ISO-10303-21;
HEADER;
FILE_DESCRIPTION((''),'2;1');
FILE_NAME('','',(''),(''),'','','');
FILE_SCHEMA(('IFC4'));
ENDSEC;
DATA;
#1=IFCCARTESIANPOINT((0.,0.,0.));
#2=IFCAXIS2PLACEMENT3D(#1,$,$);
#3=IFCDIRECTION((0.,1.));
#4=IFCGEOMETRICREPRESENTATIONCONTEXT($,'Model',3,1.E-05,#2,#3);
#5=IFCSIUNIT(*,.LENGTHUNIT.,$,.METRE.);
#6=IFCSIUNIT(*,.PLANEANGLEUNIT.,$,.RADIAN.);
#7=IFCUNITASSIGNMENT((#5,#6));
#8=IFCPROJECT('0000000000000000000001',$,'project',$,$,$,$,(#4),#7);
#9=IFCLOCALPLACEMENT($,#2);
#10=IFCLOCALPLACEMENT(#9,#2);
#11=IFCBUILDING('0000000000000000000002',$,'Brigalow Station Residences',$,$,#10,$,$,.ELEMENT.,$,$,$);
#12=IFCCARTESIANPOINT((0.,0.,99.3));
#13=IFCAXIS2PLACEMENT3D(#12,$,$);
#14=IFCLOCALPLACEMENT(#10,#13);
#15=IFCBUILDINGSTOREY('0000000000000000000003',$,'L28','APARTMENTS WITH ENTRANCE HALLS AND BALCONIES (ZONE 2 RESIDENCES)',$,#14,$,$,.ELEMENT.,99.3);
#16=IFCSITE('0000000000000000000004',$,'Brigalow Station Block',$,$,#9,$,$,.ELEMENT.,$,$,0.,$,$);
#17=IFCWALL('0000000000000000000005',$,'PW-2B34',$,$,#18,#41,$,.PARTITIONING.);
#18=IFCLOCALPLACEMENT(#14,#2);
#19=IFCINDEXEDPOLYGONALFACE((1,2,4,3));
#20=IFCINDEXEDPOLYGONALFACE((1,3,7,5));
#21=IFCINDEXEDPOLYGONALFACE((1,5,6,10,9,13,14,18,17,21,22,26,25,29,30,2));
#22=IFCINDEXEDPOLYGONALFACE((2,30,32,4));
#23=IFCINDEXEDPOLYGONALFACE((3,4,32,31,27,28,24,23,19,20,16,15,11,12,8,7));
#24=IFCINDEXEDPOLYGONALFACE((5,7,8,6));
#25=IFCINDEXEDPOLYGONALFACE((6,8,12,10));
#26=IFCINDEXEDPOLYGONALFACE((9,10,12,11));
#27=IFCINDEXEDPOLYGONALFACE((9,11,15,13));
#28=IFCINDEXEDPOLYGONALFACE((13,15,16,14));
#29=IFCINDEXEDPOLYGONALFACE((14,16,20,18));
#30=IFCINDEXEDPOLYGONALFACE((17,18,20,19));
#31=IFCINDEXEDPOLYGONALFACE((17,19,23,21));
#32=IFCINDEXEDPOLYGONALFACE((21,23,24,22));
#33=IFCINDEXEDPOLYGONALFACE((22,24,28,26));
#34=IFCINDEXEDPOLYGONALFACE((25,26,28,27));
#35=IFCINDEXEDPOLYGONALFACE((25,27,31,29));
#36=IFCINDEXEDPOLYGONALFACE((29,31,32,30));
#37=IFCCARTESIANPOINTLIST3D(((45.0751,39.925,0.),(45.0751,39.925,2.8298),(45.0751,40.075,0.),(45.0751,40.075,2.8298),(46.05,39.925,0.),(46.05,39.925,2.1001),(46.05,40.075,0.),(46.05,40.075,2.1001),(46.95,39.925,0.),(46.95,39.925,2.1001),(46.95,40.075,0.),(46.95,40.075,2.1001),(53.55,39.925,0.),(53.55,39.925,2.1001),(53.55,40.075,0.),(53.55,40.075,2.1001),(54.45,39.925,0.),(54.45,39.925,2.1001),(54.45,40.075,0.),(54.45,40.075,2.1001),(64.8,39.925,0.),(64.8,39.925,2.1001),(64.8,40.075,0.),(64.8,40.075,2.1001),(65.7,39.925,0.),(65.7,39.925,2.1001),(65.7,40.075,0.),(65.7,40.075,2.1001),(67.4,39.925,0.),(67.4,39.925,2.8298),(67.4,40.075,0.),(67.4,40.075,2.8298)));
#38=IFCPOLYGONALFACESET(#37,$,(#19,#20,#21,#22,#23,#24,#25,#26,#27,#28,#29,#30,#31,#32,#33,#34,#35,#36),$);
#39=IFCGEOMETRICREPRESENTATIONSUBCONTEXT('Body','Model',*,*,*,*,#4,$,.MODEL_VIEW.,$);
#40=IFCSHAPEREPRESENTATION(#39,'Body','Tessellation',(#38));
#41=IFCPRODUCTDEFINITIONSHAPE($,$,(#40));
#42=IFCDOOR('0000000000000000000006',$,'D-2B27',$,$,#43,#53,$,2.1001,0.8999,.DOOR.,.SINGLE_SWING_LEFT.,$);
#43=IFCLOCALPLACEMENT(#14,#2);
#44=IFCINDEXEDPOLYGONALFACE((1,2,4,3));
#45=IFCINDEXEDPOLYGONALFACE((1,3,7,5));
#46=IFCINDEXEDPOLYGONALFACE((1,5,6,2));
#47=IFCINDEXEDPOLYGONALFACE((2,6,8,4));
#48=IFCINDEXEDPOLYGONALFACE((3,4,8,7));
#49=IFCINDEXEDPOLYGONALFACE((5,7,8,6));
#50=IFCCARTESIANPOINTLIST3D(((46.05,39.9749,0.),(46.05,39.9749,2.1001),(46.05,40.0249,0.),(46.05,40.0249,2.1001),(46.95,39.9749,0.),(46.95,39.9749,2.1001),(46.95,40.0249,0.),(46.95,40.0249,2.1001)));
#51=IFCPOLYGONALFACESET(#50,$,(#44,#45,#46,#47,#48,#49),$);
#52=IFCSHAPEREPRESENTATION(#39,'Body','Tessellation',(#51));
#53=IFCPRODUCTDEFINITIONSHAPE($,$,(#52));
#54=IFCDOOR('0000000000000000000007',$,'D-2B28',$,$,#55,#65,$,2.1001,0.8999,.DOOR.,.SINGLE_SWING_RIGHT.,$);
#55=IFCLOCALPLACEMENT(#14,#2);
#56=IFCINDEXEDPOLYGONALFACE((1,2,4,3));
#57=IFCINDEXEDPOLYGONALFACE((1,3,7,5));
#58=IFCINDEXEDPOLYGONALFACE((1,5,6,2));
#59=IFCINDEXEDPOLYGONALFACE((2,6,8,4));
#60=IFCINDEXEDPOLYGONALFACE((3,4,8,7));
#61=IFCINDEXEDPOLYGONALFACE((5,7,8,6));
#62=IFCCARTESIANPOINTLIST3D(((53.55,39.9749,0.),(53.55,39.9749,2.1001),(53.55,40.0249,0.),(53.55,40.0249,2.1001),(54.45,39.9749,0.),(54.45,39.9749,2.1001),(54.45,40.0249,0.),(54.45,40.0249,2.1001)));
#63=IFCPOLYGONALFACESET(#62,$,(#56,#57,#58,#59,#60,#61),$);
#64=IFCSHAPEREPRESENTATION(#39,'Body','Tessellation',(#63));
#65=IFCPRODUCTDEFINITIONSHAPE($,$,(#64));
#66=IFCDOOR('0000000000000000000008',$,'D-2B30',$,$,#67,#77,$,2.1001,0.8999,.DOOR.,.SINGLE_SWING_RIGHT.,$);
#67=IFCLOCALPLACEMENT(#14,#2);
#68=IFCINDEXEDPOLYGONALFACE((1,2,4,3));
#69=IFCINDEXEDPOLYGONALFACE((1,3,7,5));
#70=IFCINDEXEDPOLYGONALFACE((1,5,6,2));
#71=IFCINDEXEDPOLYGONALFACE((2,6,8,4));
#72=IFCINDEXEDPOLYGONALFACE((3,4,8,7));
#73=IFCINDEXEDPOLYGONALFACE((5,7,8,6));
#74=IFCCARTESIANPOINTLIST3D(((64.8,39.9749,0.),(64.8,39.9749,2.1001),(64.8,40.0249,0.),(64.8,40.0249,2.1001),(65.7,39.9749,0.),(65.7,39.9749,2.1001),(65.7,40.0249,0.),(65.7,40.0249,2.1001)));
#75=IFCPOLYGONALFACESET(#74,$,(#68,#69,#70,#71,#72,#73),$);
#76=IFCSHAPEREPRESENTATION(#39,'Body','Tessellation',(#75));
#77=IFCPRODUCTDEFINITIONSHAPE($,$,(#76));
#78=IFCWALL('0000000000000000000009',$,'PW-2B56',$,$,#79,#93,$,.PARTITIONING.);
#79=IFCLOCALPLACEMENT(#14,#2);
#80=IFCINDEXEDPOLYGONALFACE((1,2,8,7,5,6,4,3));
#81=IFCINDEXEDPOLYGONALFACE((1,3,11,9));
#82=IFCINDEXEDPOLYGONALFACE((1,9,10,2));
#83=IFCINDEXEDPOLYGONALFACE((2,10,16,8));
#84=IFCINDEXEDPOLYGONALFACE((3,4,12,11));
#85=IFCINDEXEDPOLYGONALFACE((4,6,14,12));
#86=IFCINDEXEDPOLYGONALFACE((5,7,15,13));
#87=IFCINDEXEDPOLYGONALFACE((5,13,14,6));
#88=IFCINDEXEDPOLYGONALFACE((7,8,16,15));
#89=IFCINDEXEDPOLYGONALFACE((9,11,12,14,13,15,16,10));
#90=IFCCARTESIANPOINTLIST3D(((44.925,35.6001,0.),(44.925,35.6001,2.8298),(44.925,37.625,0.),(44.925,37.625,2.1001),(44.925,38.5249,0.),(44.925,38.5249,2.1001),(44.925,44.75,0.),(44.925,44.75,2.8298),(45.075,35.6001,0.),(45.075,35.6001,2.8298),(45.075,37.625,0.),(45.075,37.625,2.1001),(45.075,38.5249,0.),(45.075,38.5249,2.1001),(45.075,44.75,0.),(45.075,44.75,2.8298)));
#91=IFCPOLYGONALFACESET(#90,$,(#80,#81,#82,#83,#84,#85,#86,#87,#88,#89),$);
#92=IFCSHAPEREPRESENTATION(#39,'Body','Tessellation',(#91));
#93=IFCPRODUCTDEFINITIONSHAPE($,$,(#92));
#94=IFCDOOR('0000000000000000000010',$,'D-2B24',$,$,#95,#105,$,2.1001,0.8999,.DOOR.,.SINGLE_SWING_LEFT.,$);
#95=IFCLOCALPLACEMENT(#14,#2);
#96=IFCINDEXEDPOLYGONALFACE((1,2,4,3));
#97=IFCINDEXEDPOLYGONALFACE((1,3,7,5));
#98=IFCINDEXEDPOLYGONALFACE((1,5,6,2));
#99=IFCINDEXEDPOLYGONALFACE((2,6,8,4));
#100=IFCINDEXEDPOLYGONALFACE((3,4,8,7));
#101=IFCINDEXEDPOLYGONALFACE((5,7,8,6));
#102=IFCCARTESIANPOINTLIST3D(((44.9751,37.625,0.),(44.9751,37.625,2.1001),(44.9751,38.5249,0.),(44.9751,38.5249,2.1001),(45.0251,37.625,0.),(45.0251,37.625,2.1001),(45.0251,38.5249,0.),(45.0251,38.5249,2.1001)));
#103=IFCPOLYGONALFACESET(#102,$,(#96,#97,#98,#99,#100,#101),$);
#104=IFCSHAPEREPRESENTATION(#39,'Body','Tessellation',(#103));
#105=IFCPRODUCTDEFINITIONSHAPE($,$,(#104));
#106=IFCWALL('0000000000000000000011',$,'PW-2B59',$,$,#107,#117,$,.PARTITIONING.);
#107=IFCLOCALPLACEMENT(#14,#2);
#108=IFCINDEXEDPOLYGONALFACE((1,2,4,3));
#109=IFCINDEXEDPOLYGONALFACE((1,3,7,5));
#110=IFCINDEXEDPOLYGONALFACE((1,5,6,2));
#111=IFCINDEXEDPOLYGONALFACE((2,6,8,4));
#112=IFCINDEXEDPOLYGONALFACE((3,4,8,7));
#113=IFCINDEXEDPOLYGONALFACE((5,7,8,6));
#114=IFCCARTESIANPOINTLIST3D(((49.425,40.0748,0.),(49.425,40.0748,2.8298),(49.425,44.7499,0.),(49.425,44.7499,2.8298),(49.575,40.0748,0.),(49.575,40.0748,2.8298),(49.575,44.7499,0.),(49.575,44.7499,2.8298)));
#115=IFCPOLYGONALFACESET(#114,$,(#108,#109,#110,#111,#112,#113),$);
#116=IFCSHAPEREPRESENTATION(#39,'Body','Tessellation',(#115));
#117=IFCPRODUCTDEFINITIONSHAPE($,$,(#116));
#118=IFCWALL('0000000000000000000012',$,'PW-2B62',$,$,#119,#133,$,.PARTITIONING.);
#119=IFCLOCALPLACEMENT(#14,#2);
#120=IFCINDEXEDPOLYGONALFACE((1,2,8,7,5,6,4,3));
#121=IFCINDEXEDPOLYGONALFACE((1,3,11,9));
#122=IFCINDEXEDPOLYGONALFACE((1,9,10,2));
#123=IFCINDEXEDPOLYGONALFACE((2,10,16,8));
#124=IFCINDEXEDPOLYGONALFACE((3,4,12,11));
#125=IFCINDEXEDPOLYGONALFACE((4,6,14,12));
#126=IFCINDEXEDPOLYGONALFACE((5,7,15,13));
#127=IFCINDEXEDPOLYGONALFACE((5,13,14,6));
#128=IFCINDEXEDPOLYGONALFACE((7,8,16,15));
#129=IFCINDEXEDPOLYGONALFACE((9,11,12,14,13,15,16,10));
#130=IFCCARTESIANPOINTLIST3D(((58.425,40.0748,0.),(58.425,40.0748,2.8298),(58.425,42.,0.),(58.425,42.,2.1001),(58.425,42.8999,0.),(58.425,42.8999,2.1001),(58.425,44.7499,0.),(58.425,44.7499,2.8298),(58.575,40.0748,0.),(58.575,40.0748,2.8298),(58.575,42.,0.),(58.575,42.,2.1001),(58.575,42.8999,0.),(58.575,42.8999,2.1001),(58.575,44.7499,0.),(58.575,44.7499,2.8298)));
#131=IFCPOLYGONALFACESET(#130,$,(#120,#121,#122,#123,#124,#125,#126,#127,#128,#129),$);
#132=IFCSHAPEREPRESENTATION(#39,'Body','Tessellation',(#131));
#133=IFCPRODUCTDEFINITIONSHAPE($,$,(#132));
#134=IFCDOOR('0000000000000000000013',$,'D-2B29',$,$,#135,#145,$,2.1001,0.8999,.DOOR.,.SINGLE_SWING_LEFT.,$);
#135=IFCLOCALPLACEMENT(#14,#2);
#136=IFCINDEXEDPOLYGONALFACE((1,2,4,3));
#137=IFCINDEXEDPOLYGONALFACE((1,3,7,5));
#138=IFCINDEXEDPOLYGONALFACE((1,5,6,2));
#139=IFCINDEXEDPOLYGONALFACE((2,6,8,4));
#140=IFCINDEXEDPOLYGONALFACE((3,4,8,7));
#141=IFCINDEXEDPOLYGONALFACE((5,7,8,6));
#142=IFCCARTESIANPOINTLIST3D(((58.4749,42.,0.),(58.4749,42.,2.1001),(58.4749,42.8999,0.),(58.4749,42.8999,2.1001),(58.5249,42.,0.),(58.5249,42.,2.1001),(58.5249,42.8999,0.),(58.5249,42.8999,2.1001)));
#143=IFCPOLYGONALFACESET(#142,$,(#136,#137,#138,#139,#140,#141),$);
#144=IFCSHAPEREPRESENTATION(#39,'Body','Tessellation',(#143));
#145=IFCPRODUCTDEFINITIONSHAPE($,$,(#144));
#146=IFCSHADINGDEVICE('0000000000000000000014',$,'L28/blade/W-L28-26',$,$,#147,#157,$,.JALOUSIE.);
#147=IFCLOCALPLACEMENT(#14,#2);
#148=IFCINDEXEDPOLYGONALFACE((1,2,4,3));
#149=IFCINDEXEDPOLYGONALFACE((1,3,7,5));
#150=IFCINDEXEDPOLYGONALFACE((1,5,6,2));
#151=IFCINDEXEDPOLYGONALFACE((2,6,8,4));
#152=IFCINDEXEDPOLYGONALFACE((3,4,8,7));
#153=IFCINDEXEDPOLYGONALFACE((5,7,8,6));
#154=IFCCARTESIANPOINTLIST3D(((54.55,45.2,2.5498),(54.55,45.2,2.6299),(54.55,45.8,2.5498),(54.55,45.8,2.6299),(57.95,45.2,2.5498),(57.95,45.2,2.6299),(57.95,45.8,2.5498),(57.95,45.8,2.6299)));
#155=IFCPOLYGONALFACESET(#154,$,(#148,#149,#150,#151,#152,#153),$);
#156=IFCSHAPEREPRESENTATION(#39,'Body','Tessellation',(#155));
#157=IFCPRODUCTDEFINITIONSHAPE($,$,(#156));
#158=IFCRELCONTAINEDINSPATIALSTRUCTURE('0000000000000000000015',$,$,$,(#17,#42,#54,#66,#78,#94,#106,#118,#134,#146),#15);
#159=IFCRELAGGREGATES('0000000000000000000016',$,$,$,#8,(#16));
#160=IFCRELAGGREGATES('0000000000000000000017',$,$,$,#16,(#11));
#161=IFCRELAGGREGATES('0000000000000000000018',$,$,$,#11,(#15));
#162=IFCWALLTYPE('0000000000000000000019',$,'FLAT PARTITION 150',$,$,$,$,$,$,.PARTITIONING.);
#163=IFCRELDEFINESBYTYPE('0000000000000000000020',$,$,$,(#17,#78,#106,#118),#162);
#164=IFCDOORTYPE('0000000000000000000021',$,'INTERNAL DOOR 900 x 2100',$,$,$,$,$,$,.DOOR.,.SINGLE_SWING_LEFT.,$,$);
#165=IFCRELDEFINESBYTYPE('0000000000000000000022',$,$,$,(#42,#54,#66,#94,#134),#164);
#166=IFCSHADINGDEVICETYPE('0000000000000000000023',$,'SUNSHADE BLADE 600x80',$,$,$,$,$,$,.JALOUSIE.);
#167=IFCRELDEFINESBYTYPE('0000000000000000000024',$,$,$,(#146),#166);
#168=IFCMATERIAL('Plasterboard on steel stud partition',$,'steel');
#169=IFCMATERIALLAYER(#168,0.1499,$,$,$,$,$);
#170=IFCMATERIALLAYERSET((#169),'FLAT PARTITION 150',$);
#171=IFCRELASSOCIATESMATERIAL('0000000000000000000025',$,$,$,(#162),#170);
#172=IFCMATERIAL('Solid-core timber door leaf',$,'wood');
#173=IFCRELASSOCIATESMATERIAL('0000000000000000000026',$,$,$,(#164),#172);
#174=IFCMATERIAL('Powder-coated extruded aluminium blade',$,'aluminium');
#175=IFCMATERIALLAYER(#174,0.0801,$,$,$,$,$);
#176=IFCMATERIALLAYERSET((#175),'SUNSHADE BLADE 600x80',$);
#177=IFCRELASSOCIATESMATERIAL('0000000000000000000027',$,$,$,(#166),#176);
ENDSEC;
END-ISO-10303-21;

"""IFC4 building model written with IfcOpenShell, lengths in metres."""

from ifc_helpers import new_model, si_unit, direction, frame, frame_2d, origin, origin_2d, place, context, subcontext, project, spatial, rectangle, extrude, material, layer, layer_set, type_object, element, fill, save


model = new_model("IFC4")

# Units and contexts
model_context = context("Model", 3, precision=1e-05, world=origin(), true_north=direction((0.0, 1.0)))
body_context = subcontext(model_context, "Body", "Model", "MODEL_VIEW")
ifc_project = project(units=[si_unit("LENGTHUNIT", "METRE"), si_unit("PLANEANGLEUNIT", "RADIAN")], contexts=[model_context])

# Site, building, storey
site_placement = place(None, origin())
site = spatial("IfcSite", under=ifc_project, at=site_placement, Name="Brigalow Station Block", CompositionType="ELEMENT", RefElevation=0.0)
building_placement = place(site_placement, origin())
building = spatial("IfcBuilding", under=site, at=building_placement, Name="Brigalow Station Residences", CompositionType="ELEMENT")
storey_placement = place(building_placement, frame((0.0, 0.0, 99.3)))
storey = spatial("IfcBuildingStorey", under=building, at=storey_placement, Name="L28", Description="APARTMENTS WITH ENTRANCE HALLS AND BALCONIES (ZONE 2 RESIDENCES)", CompositionType="ELEMENT", Elevation=99.3)

# Wall, openings, doors
ifc_material_1 = material(Name="Plasterboard on steel stud partition", Category="steel")
ifc_layer_1 = layer(ifc_material_1, 0.1499)
ifc_layer_set_1 = layer_set([ifc_layer_1], Name="FLAT PARTITION 150")
wall_type_1 = type_object("IfcWallType", Name="FLAT PARTITION 150", PredefinedType="PARTITIONING", material=ifc_layer_set_1)
wall_1_placement = place(storey_placement, frame((45.075, 40.0, 0.0), z_axis=(0.0, 0.0, 1.0), x_axis=(1.0, 0.0, 0.0)))
wall_1 = element("IfcWall", 1, at=wall_1_placement, inside=storey, type_object=wall_type_1, Name="PW-2B34", PredefinedType="PARTITIONING", context=body_context, shape_type="SweptSolid", body=[
    extrude(rectangle(XDim=22.325, YDim=0.1499, at=frame_2d((11.1626, 0.0))), origin(), (0.0, 0.0, 1.0), 2.8298),
])
opening_1_placement = place(wall_1_placement, frame((0.9751, 0.0, 0.0)))
opening_1 = element("IfcOpeningElement", 2, at=opening_1_placement, cuts=wall_1, PredefinedType="OPENING", context=body_context, shape_type="SweptSolid", body=[
    extrude(rectangle(XDim=0.8999, YDim=2.1001, at=frame_2d((0.45, 1.05))), frame((0.0, 0.085, 0.0), z_axis=(0.0, -1.0, 0.0), x_axis=(1.0, 0.0, 0.0)), (0.0, 0.0, 1.0), 0.1699),
])
opening_2_placement = place(wall_1_placement, frame((8.4751, 0.0, 0.0)))
opening_2 = element("IfcOpeningElement", 3, at=opening_2_placement, cuts=wall_1, PredefinedType="OPENING", context=body_context, shape_type="SweptSolid", body=[
    extrude(rectangle(XDim=0.8999, YDim=2.1001, at=frame_2d((0.45, 1.05))), frame((0.0, 0.085, 0.0), z_axis=(0.0, -1.0, 0.0), x_axis=(1.0, 0.0, 0.0)), (0.0, 0.0, 1.0), 0.1699),
])
opening_3_placement = place(wall_1_placement, frame((19.7251, 0.0, 0.0)))
opening_3 = element("IfcOpeningElement", 4, at=opening_3_placement, cuts=wall_1, PredefinedType="OPENING", context=body_context, shape_type="SweptSolid", body=[
    extrude(rectangle(XDim=0.8999, YDim=2.1001, at=frame_2d((0.45, 1.05))), frame((0.0, 0.085, 0.0), z_axis=(0.0, -1.0, 0.0), x_axis=(1.0, 0.0, 0.0)), (0.0, 0.0, 1.0), 0.1699),
])
ifc_material_2 = material(Name="Solid-core timber door leaf", Category="wood")
door_type_1 = type_object("IfcDoorType", Name="INTERNAL DOOR 900 x 2100", OperationType="SINGLE_SWING_LEFT", PredefinedType="DOOR", material=ifc_material_2)
door_1_placement = place(opening_1_placement, origin())
door_1 = element("IfcDoor", 5, at=door_1_placement, inside=storey, type_object=door_type_1, Name="D-2B27", OperationType="SINGLE_SWING_LEFT", OverallHeight=2.1001, OverallWidth=0.8999, PredefinedType="DOOR", context=body_context, shape_type="SweptSolid", body=[
    extrude(rectangle(XDim=0.8999, YDim=2.1001, at=frame_2d((0.45, 1.05))), frame((0.0, 0.0249, 0.0), z_axis=(0.0, -1.0, 0.0), x_axis=(1.0, 0.0, 0.0)), (0.0, 0.0, 1.0), 0.05),
])
fill(opening_1, door_1)
door_2_placement = place(opening_2_placement, origin())
door_2 = element("IfcDoor", 6, at=door_2_placement, inside=storey, type_object=door_type_1, Name="D-2B28", OperationType="SINGLE_SWING_RIGHT", OverallHeight=2.1001, OverallWidth=0.8999, PredefinedType="DOOR", context=body_context, shape_type="SweptSolid", body=[
    extrude(rectangle(XDim=0.8999, YDim=2.1001, at=frame_2d((0.45, 1.05))), frame((0.0, 0.0249, 0.0), z_axis=(0.0, -1.0, 0.0), x_axis=(1.0, 0.0, 0.0)), (0.0, 0.0, 1.0), 0.05),
])
fill(opening_2, door_2)
door_3_placement = place(opening_3_placement, origin())
door_3 = element("IfcDoor", 7, at=door_3_placement, inside=storey, type_object=door_type_1, Name="D-2B30", OperationType="SINGLE_SWING_RIGHT", OverallHeight=2.1001, OverallWidth=0.8999, PredefinedType="DOOR", context=body_context, shape_type="SweptSolid", body=[
    extrude(rectangle(XDim=0.8999, YDim=2.1001, at=frame_2d((0.45, 1.05))), frame((0.0, 0.0249, 0.0), z_axis=(0.0, -1.0, 0.0), x_axis=(1.0, 0.0, 0.0)), (0.0, 0.0, 1.0), 0.05),
])
fill(opening_3, door_3)

# Wall, opening, door
wall_2_placement = place(storey_placement, frame((45.0, 35.6001, 0.0), z_axis=(0.0, 0.0, 1.0), x_axis=(0.0, 1.0, 0.0)))
wall_2 = element("IfcWall", 8, at=wall_2_placement, inside=storey, type_object=wall_type_1, Name="PW-2B56", PredefinedType="PARTITIONING", context=body_context, shape_type="SweptSolid", body=[
    extrude(rectangle(XDim=9.1499, YDim=0.1499, at=frame_2d((4.575, 0.0))), origin(), (0.0, 0.0, 1.0), 2.8298),
])
opening_4_placement = place(wall_2_placement, frame((2.0249, 0.0, 0.0)))
opening_4 = element("IfcOpeningElement", 9, at=opening_4_placement, cuts=wall_2, PredefinedType="OPENING", context=body_context, shape_type="SweptSolid", body=[
    extrude(rectangle(XDim=0.8999, YDim=2.1001, at=frame_2d((0.45, 1.05))), frame((0.0, 0.085, 0.0), z_axis=(0.0, -1.0, 0.0), x_axis=(1.0, 0.0, 0.0)), (0.0, 0.0, 1.0), 0.1699),
])
door_4_placement = place(opening_4_placement, origin())
door_4 = element("IfcDoor", 10, at=door_4_placement, inside=storey, type_object=door_type_1, Name="D-2B24", OperationType="SINGLE_SWING_LEFT", OverallHeight=2.1001, OverallWidth=0.8999, PredefinedType="DOOR", context=body_context, shape_type="SweptSolid", body=[
    extrude(rectangle(XDim=0.8999, YDim=2.1001, at=frame_2d((0.45, 1.05))), frame((0.0, 0.0249, 0.0), z_axis=(0.0, -1.0, 0.0), x_axis=(1.0, 0.0, 0.0)), (0.0, 0.0, 1.0), 0.05),
])
fill(opening_4, door_4)

# Wall
wall_3_placement = place(storey_placement, frame((49.5, 40.075, 0.0), z_axis=(0.0, 0.0, 1.0), x_axis=(0.0, 1.0, 0.0)))
element("IfcWall", 11, at=wall_3_placement, inside=storey, type_object=wall_type_1, Name="PW-2B59", PredefinedType="PARTITIONING", context=body_context, shape_type="SweptSolid", body=[
    extrude(rectangle(XDim=4.675, YDim=0.1499, at=frame_2d((2.3374, 0.0))), origin(), (0.0, 0.0, 1.0), 2.8298),
])

# Wall, opening, door
wall_4_placement = place(storey_placement, frame((58.5, 40.075, 0.0), z_axis=(0.0, 0.0, 1.0), x_axis=(0.0, 1.0, 0.0)))
wall_4 = element("IfcWall", 12, at=wall_4_placement, inside=storey, type_object=wall_type_1, Name="PW-2B62", PredefinedType="PARTITIONING", context=body_context, shape_type="SweptSolid", body=[
    extrude(rectangle(XDim=4.675, YDim=0.1499, at=frame_2d((2.3374, 0.0))), origin(), (0.0, 0.0, 1.0), 2.8298),
])
opening_5_placement = place(wall_4_placement, frame((1.925, 0.0, 0.0)))
opening_5 = element("IfcOpeningElement", 13, at=opening_5_placement, cuts=wall_4, PredefinedType="OPENING", context=body_context, shape_type="SweptSolid", body=[
    extrude(rectangle(XDim=0.8999, YDim=2.1001, at=frame_2d((0.45, 1.05))), frame((0.0, 0.085, 0.0), z_axis=(0.0, -1.0, 0.0), x_axis=(1.0, 0.0, 0.0)), (0.0, 0.0, 1.0), 0.1699),
])
door_5_placement = place(opening_5_placement, frame((0.8999, 0.0, 0.0), z_axis=(0.0, 0.0, 1.0), x_axis=(-1.0, 0.0, 0.0)))
door_5 = element("IfcDoor", 14, at=door_5_placement, inside=storey, type_object=door_type_1, Name="D-2B29", OperationType="SINGLE_SWING_LEFT", OverallHeight=2.1001, OverallWidth=0.8999, PredefinedType="DOOR", context=body_context, shape_type="SweptSolid", body=[
    extrude(rectangle(XDim=0.8999, YDim=2.1001, at=frame_2d((0.45, 1.05))), frame((0.0, 0.0249, 0.0), z_axis=(0.0, -1.0, 0.0), x_axis=(1.0, 0.0, 0.0)), (0.0, 0.0, 1.0), 0.05),
])
fill(opening_5, door_5)

# Shading device
ifc_material_3 = material(Name="Powder-coated extruded aluminium blade", Category="aluminium")
ifc_layer_2 = layer(ifc_material_3, 0.0801)
ifc_layer_set_2 = layer_set([ifc_layer_2], Name="SUNSHADE BLADE 600x80")
shading_device_type = type_object("IfcShadingDeviceType", Name="SUNSHADE BLADE 600x80", PredefinedType="JALOUSIE", material=ifc_layer_set_2)
shading_device_placement = place(storey_placement, frame((56.25, 45.5, 2.5498), z_axis=(0.0, 0.0, 1.0), x_axis=(-1.0, 0.0, 0.0)))
element("IfcShadingDevice", 15, at=shading_device_placement, inside=storey, type_object=shading_device_type, Name="L28/blade/W-L28-26", PredefinedType="JALOUSIE", context=body_context, shape_type="SweptSolid", body=[
    extrude(rectangle(XDim=3.3999, YDim=0.6001, at=origin_2d()), origin(), (0.0, 0.0, 1.0), 0.0801),
])

save(model, "model.ifc")
